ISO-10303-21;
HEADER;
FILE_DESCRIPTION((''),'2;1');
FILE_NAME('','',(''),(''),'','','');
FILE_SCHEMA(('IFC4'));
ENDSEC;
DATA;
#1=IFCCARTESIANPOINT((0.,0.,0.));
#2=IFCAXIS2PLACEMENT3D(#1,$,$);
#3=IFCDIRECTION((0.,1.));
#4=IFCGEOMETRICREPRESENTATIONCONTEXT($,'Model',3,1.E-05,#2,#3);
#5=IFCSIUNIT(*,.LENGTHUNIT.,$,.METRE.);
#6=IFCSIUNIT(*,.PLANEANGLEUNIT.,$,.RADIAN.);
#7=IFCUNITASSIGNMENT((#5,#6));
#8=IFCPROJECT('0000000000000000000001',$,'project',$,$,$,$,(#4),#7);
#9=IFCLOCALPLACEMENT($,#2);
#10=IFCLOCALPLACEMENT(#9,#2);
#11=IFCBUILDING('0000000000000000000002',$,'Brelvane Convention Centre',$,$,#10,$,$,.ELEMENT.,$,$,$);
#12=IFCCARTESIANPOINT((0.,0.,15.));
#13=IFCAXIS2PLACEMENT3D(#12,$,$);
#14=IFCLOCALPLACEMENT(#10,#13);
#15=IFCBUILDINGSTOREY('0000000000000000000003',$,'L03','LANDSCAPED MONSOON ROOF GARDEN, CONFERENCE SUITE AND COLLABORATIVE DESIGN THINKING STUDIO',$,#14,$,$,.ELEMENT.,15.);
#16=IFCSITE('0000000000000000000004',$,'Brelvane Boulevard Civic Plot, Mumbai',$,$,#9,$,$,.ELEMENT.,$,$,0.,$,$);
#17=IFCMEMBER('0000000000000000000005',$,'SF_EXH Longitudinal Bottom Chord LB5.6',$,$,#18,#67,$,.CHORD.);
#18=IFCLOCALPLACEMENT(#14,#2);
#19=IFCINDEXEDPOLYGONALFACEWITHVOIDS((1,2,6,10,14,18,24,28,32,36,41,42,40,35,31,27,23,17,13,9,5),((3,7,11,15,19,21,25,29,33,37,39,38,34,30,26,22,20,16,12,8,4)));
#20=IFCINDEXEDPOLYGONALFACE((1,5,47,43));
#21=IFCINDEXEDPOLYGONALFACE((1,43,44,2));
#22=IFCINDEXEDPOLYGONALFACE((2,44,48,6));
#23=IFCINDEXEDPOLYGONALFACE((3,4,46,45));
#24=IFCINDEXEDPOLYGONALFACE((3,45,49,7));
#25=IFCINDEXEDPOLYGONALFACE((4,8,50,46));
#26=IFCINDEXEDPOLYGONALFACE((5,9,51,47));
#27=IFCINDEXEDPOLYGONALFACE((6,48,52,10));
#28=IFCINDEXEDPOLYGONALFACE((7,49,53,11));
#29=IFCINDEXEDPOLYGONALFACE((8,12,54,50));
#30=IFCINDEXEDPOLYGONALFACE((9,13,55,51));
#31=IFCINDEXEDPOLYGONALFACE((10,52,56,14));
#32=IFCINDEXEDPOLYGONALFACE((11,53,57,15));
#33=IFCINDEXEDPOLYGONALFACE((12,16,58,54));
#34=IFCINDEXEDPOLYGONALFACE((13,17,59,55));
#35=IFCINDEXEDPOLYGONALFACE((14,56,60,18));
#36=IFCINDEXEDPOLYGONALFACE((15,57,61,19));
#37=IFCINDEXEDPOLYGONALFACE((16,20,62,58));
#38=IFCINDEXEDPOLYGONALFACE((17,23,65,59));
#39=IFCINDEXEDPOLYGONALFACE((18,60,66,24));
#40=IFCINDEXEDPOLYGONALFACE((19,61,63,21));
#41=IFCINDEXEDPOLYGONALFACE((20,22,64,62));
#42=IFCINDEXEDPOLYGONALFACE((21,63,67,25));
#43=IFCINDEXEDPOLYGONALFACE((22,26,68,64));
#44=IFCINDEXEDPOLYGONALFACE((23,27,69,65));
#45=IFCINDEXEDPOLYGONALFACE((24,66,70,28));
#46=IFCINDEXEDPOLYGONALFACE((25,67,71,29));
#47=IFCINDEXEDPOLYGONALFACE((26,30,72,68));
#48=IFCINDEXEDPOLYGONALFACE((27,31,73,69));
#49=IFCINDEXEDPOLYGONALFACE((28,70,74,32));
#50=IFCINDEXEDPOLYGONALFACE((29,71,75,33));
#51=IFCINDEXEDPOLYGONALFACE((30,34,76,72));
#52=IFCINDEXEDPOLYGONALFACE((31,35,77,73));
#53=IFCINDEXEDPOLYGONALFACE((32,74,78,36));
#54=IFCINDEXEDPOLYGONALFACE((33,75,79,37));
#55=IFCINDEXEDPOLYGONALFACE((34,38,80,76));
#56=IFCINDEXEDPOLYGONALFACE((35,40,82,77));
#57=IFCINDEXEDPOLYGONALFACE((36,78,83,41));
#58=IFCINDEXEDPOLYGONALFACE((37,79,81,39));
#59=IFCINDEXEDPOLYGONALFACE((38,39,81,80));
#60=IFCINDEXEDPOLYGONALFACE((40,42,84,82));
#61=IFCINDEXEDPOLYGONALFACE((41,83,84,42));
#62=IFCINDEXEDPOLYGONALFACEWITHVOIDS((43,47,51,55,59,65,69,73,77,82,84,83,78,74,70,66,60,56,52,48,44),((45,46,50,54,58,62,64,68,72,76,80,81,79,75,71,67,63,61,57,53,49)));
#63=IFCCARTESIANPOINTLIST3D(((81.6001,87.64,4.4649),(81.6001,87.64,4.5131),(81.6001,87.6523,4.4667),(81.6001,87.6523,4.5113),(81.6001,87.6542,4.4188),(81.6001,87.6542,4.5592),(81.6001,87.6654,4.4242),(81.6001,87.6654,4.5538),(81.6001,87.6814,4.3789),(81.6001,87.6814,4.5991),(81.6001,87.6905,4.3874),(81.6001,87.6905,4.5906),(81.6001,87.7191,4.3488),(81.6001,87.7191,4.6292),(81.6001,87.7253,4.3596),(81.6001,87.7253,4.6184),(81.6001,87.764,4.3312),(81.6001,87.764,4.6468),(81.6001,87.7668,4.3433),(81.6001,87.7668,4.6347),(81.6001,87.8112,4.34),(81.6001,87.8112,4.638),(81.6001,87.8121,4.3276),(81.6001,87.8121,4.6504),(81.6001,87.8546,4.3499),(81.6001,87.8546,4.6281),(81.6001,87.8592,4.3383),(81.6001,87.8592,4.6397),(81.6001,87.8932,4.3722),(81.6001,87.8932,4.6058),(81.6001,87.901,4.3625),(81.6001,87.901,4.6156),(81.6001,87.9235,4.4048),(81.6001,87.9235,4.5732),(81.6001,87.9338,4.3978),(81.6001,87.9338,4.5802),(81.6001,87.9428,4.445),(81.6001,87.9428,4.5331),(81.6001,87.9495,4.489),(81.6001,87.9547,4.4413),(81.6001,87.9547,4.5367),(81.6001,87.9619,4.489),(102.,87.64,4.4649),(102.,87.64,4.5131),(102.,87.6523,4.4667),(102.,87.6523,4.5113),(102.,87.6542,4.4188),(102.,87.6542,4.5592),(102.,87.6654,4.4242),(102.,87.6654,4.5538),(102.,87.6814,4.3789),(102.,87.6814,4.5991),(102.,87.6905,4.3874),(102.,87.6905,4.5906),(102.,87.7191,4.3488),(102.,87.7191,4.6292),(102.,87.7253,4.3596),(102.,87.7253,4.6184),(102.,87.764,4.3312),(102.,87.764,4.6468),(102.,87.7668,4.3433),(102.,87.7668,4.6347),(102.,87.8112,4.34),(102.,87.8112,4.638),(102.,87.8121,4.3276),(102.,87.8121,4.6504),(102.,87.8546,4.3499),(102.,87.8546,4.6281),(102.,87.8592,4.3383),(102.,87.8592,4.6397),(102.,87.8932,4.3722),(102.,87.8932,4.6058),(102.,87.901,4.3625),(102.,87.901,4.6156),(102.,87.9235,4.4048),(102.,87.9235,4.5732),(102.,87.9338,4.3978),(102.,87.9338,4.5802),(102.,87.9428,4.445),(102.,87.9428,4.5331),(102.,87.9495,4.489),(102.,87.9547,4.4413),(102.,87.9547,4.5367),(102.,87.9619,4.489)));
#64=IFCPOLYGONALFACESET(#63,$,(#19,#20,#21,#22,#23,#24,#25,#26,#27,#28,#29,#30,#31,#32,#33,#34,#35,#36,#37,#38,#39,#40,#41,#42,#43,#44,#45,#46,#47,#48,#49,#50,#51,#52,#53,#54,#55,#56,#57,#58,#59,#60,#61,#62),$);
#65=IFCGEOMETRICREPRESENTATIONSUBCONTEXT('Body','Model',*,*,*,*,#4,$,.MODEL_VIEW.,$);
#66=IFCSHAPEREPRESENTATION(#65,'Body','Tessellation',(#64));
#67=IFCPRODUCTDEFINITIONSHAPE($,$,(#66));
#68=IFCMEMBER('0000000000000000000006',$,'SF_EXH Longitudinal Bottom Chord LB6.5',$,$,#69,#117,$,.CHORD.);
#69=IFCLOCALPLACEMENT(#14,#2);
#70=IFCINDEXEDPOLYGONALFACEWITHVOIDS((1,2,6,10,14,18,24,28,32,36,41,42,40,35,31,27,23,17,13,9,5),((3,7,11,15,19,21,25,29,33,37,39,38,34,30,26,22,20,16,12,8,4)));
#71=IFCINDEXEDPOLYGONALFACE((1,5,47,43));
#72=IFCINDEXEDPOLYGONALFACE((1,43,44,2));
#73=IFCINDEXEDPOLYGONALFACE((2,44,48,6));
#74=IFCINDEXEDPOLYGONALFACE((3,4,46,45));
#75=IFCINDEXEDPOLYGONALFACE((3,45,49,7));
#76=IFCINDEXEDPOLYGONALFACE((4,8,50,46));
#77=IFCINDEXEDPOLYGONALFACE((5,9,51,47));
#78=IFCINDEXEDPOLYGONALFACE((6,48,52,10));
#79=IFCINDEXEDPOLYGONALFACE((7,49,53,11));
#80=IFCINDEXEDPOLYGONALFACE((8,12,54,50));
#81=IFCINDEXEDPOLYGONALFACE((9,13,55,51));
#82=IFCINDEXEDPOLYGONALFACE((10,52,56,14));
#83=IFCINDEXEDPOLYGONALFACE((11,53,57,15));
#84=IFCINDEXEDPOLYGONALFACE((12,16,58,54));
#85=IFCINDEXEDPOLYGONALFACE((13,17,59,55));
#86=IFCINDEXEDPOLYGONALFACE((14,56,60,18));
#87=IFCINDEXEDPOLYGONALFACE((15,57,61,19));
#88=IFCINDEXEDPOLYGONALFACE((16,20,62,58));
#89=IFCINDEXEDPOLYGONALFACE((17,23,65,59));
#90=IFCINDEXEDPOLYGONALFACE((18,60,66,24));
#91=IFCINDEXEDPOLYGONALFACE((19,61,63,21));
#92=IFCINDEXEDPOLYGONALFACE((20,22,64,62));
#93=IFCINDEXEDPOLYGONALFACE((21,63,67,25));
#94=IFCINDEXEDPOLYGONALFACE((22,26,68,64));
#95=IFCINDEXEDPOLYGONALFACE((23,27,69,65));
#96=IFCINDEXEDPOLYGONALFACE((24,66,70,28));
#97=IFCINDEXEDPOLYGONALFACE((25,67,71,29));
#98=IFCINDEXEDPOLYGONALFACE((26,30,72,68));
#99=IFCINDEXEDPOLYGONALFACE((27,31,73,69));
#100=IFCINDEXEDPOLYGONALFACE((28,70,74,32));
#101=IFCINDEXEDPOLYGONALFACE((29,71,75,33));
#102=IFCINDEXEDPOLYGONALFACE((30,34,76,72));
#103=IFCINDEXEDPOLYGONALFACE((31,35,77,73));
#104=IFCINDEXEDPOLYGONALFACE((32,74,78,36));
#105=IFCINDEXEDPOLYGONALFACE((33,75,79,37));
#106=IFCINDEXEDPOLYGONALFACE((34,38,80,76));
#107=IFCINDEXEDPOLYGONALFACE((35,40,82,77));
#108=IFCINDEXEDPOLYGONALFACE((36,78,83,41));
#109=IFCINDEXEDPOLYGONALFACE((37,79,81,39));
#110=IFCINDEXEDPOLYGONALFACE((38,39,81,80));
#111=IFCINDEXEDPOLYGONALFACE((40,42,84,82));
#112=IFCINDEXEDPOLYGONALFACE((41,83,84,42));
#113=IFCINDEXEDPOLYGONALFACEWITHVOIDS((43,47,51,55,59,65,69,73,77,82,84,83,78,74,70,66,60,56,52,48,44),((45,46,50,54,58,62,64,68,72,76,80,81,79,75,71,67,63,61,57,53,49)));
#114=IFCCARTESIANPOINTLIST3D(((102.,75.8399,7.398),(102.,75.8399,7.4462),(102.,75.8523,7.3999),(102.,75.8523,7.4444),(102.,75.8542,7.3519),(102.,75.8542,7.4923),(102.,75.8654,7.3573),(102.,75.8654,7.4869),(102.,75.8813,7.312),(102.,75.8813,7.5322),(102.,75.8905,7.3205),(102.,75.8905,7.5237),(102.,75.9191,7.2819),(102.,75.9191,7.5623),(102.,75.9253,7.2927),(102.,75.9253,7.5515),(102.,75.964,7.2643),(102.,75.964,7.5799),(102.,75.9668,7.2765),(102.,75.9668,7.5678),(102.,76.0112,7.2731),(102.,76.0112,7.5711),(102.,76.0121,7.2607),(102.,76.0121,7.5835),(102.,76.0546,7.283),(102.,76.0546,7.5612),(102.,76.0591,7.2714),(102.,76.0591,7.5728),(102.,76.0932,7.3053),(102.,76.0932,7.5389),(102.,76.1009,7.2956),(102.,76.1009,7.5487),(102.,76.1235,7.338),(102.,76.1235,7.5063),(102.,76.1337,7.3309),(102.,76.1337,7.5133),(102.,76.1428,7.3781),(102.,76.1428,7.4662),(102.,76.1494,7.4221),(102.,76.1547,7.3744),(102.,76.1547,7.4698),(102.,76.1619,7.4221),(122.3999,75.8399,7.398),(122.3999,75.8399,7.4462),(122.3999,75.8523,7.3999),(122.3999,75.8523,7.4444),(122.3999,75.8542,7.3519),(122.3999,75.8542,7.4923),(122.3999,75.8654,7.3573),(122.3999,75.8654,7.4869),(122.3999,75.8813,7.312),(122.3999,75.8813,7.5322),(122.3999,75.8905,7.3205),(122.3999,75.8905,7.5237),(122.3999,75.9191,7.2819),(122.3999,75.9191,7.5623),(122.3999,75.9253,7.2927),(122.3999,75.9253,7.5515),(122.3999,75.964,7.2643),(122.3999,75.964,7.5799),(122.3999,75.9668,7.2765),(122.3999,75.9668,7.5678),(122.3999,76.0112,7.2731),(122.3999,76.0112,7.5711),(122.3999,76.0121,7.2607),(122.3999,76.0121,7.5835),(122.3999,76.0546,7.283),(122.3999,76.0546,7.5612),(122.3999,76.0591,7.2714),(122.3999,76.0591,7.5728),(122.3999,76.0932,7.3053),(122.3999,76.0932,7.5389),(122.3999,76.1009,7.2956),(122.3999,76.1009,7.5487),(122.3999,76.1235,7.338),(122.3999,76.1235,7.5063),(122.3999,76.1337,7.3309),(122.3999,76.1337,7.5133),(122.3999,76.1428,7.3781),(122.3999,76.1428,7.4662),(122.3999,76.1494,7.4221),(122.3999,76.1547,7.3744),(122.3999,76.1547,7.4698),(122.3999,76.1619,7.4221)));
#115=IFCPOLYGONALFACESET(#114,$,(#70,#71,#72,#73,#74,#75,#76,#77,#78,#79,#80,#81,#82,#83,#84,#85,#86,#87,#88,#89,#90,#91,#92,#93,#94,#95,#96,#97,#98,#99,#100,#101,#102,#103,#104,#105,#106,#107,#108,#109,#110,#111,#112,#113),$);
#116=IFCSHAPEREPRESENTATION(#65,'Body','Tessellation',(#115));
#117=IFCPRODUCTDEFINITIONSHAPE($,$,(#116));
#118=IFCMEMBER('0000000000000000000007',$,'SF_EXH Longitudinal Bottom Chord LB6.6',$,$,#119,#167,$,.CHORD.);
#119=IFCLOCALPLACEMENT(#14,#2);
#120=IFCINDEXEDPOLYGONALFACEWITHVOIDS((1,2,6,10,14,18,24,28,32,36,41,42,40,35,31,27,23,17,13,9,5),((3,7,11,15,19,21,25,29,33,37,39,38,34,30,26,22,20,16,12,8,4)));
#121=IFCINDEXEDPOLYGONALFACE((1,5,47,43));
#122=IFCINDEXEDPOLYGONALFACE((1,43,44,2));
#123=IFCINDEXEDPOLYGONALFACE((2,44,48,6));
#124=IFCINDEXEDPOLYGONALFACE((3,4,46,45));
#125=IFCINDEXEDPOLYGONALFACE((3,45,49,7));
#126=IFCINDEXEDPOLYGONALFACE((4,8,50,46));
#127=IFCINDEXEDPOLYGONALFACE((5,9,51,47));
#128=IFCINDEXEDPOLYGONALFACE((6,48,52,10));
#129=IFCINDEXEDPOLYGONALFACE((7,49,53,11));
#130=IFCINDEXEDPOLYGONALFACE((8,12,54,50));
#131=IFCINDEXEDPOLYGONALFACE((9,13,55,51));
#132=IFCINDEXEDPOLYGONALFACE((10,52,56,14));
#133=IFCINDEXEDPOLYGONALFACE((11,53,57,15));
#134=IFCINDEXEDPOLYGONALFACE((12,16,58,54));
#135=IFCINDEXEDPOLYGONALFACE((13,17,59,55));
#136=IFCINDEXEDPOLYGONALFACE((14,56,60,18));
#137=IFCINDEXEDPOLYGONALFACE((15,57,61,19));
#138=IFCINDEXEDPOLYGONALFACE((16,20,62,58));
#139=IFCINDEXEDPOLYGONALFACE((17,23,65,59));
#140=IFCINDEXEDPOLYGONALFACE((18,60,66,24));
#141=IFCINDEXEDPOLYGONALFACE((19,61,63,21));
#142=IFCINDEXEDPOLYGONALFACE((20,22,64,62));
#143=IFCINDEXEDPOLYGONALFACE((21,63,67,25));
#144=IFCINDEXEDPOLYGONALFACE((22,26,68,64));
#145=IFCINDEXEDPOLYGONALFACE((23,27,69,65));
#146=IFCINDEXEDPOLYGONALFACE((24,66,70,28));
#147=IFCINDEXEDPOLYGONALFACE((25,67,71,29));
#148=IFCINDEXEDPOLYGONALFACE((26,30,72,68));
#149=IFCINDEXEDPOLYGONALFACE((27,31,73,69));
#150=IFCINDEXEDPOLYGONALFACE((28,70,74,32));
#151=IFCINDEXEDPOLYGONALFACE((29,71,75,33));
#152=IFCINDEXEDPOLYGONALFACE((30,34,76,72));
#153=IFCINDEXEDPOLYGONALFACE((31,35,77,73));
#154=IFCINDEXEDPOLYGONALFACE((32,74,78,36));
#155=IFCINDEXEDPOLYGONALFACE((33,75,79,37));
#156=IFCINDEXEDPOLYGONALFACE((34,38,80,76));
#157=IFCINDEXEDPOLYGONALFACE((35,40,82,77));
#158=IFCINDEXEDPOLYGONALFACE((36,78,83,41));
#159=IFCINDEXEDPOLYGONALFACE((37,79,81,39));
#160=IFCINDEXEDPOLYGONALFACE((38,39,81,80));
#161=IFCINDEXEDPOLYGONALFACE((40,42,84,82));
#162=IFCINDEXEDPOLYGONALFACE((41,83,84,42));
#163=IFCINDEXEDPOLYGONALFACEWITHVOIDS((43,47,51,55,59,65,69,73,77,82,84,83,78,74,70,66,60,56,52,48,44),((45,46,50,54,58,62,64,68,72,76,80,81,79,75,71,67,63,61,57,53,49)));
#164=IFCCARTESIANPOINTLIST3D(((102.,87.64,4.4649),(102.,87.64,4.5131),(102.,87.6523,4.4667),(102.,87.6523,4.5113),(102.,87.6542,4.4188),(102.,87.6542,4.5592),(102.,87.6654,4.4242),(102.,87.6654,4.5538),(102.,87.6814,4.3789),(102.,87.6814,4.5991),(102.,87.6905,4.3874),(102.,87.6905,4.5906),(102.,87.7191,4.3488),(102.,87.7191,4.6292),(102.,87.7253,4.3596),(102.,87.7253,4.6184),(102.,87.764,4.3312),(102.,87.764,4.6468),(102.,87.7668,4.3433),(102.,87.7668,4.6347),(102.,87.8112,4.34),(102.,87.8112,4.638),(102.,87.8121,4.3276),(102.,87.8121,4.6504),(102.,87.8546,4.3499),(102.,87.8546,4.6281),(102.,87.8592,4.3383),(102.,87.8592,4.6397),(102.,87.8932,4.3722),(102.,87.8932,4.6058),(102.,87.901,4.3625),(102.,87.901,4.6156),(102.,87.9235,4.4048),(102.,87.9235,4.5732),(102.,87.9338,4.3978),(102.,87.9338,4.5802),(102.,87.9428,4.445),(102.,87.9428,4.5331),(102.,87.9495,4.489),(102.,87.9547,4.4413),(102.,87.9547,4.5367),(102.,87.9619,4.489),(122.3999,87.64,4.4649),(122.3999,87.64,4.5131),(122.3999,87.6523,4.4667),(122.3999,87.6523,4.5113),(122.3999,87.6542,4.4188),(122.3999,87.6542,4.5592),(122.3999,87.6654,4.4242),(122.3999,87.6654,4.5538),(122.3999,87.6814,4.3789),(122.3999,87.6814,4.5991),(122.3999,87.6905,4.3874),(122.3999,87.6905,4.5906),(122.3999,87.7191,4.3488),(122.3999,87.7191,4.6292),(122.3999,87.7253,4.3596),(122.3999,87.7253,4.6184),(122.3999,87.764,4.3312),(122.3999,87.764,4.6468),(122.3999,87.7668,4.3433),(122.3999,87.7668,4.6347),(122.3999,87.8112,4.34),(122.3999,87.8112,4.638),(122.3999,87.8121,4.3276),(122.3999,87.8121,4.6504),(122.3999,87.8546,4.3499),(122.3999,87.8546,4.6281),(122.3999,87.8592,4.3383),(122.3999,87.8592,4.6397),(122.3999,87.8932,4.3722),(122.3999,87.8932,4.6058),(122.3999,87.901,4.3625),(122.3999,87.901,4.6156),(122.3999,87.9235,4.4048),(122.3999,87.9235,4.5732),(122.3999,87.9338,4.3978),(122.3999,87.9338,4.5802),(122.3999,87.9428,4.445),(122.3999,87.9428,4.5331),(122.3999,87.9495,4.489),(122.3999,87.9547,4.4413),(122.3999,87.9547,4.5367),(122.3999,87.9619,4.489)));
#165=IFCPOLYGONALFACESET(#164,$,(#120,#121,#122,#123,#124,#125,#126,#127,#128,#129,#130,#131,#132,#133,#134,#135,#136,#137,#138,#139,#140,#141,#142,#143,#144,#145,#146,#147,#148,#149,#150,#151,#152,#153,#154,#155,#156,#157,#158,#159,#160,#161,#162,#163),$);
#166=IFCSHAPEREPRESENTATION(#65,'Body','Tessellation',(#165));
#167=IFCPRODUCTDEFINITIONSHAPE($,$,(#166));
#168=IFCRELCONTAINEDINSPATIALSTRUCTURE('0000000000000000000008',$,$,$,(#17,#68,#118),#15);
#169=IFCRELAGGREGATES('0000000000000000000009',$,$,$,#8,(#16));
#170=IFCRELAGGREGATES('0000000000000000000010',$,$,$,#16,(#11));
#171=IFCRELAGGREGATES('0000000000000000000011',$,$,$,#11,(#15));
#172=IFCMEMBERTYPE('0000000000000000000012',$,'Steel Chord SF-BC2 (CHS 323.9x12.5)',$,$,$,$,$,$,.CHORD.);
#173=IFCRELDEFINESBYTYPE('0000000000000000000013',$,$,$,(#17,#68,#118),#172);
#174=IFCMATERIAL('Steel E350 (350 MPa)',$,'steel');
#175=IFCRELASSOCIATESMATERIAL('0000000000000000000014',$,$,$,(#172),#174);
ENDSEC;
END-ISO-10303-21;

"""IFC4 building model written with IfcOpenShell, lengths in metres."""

from ifc_helpers import new_model, si_unit, direction, frame, origin, origin_2d, place, context, subcontext, project, spatial, hollow_circle, extrude, material, material_profile, profile_set, type_object, element, save


model = new_model("IFC4")

# Units and contexts
model_context = context("Model", 3, precision=1e-05, world=origin(), true_north=direction((0.0, 1.0)))
body_context = subcontext(model_context, "Body", "Model", "MODEL_VIEW")
ifc_project = project(units=[si_unit("LENGTHUNIT", "METRE"), si_unit("PLANEANGLEUNIT", "RADIAN")], contexts=[model_context])

# Site, building, storey
site_placement = place(None, origin())
site = spatial("IfcSite", under=ifc_project, at=site_placement, Name="Brelvane Boulevard Civic Plot, Mumbai", CompositionType="ELEMENT", RefElevation=0.0)
building_placement = place(site_placement, origin())
building = spatial("IfcBuilding", under=site, at=building_placement, Name="Brelvane Convention Centre", CompositionType="ELEMENT")
storey_placement = place(building_placement, frame((0.0, 0.0, 15.0)))
storey = spatial("IfcBuildingStorey", under=building, at=storey_placement, Name="L03", Description="LANDSCAPED MONSOON ROOF GARDEN, CONFERENCE SUITE AND COLLABORATIVE DESIGN THINKING STUDIO", CompositionType="ELEMENT", Elevation=15.0)

# Members
ifc_material_1 = material(Name="Steel E350 (350 MPa)", Category="steel")
ifc_material_profile_1 = material_profile(ifc_material_1, hollow_circle(Radius=0.1619, WallThickness=0.0125, at=origin_2d()), Name="CHS 323.9x12.5")
ifc_profile_set_1 = profile_set([ifc_material_profile_1], Name="Steel E350 (350 MPa)")
member_type_1 = type_object("IfcMemberType", Name="Steel Chord SF-BC2 (CHS 323.9x12.5)", PredefinedType="CHORD", material=ifc_profile_set_1)
for number, where, z_axis, x_axis, name in (
    (1, (81.6001, 87.8, 4.489), (1.0, 0.0, 0.0), (0.0, 1.0, 0.0), "SF_EXH Longitudinal Bottom Chord LB5.6"),
    (2, (102.0, 76.0, 7.4221), (1.0, 0.0, 0.0), (0.0, 1.0, 0.0), "SF_EXH Longitudinal Bottom Chord LB6.5"),
    (3, (102.0, 87.8, 4.489), (1.0, 0.0, 0.0), (0.0, 1.0, 0.0), "SF_EXH Longitudinal Bottom Chord LB6.6"),
):
    element("IfcMember", number, at=place(storey_placement, frame(where, z_axis=z_axis, x_axis=x_axis)), inside=storey, type_object=member_type_1, Name=name, PredefinedType="CHORD", context=body_context, shape_type="SweptSolid", body=[
        extrude(hollow_circle(Radius=0.1619, WallThickness=0.0125, at=origin_2d()), origin(), (0.0, 0.0, 1.0), 20.3999),
    ])

save(model, "model.ifc")
